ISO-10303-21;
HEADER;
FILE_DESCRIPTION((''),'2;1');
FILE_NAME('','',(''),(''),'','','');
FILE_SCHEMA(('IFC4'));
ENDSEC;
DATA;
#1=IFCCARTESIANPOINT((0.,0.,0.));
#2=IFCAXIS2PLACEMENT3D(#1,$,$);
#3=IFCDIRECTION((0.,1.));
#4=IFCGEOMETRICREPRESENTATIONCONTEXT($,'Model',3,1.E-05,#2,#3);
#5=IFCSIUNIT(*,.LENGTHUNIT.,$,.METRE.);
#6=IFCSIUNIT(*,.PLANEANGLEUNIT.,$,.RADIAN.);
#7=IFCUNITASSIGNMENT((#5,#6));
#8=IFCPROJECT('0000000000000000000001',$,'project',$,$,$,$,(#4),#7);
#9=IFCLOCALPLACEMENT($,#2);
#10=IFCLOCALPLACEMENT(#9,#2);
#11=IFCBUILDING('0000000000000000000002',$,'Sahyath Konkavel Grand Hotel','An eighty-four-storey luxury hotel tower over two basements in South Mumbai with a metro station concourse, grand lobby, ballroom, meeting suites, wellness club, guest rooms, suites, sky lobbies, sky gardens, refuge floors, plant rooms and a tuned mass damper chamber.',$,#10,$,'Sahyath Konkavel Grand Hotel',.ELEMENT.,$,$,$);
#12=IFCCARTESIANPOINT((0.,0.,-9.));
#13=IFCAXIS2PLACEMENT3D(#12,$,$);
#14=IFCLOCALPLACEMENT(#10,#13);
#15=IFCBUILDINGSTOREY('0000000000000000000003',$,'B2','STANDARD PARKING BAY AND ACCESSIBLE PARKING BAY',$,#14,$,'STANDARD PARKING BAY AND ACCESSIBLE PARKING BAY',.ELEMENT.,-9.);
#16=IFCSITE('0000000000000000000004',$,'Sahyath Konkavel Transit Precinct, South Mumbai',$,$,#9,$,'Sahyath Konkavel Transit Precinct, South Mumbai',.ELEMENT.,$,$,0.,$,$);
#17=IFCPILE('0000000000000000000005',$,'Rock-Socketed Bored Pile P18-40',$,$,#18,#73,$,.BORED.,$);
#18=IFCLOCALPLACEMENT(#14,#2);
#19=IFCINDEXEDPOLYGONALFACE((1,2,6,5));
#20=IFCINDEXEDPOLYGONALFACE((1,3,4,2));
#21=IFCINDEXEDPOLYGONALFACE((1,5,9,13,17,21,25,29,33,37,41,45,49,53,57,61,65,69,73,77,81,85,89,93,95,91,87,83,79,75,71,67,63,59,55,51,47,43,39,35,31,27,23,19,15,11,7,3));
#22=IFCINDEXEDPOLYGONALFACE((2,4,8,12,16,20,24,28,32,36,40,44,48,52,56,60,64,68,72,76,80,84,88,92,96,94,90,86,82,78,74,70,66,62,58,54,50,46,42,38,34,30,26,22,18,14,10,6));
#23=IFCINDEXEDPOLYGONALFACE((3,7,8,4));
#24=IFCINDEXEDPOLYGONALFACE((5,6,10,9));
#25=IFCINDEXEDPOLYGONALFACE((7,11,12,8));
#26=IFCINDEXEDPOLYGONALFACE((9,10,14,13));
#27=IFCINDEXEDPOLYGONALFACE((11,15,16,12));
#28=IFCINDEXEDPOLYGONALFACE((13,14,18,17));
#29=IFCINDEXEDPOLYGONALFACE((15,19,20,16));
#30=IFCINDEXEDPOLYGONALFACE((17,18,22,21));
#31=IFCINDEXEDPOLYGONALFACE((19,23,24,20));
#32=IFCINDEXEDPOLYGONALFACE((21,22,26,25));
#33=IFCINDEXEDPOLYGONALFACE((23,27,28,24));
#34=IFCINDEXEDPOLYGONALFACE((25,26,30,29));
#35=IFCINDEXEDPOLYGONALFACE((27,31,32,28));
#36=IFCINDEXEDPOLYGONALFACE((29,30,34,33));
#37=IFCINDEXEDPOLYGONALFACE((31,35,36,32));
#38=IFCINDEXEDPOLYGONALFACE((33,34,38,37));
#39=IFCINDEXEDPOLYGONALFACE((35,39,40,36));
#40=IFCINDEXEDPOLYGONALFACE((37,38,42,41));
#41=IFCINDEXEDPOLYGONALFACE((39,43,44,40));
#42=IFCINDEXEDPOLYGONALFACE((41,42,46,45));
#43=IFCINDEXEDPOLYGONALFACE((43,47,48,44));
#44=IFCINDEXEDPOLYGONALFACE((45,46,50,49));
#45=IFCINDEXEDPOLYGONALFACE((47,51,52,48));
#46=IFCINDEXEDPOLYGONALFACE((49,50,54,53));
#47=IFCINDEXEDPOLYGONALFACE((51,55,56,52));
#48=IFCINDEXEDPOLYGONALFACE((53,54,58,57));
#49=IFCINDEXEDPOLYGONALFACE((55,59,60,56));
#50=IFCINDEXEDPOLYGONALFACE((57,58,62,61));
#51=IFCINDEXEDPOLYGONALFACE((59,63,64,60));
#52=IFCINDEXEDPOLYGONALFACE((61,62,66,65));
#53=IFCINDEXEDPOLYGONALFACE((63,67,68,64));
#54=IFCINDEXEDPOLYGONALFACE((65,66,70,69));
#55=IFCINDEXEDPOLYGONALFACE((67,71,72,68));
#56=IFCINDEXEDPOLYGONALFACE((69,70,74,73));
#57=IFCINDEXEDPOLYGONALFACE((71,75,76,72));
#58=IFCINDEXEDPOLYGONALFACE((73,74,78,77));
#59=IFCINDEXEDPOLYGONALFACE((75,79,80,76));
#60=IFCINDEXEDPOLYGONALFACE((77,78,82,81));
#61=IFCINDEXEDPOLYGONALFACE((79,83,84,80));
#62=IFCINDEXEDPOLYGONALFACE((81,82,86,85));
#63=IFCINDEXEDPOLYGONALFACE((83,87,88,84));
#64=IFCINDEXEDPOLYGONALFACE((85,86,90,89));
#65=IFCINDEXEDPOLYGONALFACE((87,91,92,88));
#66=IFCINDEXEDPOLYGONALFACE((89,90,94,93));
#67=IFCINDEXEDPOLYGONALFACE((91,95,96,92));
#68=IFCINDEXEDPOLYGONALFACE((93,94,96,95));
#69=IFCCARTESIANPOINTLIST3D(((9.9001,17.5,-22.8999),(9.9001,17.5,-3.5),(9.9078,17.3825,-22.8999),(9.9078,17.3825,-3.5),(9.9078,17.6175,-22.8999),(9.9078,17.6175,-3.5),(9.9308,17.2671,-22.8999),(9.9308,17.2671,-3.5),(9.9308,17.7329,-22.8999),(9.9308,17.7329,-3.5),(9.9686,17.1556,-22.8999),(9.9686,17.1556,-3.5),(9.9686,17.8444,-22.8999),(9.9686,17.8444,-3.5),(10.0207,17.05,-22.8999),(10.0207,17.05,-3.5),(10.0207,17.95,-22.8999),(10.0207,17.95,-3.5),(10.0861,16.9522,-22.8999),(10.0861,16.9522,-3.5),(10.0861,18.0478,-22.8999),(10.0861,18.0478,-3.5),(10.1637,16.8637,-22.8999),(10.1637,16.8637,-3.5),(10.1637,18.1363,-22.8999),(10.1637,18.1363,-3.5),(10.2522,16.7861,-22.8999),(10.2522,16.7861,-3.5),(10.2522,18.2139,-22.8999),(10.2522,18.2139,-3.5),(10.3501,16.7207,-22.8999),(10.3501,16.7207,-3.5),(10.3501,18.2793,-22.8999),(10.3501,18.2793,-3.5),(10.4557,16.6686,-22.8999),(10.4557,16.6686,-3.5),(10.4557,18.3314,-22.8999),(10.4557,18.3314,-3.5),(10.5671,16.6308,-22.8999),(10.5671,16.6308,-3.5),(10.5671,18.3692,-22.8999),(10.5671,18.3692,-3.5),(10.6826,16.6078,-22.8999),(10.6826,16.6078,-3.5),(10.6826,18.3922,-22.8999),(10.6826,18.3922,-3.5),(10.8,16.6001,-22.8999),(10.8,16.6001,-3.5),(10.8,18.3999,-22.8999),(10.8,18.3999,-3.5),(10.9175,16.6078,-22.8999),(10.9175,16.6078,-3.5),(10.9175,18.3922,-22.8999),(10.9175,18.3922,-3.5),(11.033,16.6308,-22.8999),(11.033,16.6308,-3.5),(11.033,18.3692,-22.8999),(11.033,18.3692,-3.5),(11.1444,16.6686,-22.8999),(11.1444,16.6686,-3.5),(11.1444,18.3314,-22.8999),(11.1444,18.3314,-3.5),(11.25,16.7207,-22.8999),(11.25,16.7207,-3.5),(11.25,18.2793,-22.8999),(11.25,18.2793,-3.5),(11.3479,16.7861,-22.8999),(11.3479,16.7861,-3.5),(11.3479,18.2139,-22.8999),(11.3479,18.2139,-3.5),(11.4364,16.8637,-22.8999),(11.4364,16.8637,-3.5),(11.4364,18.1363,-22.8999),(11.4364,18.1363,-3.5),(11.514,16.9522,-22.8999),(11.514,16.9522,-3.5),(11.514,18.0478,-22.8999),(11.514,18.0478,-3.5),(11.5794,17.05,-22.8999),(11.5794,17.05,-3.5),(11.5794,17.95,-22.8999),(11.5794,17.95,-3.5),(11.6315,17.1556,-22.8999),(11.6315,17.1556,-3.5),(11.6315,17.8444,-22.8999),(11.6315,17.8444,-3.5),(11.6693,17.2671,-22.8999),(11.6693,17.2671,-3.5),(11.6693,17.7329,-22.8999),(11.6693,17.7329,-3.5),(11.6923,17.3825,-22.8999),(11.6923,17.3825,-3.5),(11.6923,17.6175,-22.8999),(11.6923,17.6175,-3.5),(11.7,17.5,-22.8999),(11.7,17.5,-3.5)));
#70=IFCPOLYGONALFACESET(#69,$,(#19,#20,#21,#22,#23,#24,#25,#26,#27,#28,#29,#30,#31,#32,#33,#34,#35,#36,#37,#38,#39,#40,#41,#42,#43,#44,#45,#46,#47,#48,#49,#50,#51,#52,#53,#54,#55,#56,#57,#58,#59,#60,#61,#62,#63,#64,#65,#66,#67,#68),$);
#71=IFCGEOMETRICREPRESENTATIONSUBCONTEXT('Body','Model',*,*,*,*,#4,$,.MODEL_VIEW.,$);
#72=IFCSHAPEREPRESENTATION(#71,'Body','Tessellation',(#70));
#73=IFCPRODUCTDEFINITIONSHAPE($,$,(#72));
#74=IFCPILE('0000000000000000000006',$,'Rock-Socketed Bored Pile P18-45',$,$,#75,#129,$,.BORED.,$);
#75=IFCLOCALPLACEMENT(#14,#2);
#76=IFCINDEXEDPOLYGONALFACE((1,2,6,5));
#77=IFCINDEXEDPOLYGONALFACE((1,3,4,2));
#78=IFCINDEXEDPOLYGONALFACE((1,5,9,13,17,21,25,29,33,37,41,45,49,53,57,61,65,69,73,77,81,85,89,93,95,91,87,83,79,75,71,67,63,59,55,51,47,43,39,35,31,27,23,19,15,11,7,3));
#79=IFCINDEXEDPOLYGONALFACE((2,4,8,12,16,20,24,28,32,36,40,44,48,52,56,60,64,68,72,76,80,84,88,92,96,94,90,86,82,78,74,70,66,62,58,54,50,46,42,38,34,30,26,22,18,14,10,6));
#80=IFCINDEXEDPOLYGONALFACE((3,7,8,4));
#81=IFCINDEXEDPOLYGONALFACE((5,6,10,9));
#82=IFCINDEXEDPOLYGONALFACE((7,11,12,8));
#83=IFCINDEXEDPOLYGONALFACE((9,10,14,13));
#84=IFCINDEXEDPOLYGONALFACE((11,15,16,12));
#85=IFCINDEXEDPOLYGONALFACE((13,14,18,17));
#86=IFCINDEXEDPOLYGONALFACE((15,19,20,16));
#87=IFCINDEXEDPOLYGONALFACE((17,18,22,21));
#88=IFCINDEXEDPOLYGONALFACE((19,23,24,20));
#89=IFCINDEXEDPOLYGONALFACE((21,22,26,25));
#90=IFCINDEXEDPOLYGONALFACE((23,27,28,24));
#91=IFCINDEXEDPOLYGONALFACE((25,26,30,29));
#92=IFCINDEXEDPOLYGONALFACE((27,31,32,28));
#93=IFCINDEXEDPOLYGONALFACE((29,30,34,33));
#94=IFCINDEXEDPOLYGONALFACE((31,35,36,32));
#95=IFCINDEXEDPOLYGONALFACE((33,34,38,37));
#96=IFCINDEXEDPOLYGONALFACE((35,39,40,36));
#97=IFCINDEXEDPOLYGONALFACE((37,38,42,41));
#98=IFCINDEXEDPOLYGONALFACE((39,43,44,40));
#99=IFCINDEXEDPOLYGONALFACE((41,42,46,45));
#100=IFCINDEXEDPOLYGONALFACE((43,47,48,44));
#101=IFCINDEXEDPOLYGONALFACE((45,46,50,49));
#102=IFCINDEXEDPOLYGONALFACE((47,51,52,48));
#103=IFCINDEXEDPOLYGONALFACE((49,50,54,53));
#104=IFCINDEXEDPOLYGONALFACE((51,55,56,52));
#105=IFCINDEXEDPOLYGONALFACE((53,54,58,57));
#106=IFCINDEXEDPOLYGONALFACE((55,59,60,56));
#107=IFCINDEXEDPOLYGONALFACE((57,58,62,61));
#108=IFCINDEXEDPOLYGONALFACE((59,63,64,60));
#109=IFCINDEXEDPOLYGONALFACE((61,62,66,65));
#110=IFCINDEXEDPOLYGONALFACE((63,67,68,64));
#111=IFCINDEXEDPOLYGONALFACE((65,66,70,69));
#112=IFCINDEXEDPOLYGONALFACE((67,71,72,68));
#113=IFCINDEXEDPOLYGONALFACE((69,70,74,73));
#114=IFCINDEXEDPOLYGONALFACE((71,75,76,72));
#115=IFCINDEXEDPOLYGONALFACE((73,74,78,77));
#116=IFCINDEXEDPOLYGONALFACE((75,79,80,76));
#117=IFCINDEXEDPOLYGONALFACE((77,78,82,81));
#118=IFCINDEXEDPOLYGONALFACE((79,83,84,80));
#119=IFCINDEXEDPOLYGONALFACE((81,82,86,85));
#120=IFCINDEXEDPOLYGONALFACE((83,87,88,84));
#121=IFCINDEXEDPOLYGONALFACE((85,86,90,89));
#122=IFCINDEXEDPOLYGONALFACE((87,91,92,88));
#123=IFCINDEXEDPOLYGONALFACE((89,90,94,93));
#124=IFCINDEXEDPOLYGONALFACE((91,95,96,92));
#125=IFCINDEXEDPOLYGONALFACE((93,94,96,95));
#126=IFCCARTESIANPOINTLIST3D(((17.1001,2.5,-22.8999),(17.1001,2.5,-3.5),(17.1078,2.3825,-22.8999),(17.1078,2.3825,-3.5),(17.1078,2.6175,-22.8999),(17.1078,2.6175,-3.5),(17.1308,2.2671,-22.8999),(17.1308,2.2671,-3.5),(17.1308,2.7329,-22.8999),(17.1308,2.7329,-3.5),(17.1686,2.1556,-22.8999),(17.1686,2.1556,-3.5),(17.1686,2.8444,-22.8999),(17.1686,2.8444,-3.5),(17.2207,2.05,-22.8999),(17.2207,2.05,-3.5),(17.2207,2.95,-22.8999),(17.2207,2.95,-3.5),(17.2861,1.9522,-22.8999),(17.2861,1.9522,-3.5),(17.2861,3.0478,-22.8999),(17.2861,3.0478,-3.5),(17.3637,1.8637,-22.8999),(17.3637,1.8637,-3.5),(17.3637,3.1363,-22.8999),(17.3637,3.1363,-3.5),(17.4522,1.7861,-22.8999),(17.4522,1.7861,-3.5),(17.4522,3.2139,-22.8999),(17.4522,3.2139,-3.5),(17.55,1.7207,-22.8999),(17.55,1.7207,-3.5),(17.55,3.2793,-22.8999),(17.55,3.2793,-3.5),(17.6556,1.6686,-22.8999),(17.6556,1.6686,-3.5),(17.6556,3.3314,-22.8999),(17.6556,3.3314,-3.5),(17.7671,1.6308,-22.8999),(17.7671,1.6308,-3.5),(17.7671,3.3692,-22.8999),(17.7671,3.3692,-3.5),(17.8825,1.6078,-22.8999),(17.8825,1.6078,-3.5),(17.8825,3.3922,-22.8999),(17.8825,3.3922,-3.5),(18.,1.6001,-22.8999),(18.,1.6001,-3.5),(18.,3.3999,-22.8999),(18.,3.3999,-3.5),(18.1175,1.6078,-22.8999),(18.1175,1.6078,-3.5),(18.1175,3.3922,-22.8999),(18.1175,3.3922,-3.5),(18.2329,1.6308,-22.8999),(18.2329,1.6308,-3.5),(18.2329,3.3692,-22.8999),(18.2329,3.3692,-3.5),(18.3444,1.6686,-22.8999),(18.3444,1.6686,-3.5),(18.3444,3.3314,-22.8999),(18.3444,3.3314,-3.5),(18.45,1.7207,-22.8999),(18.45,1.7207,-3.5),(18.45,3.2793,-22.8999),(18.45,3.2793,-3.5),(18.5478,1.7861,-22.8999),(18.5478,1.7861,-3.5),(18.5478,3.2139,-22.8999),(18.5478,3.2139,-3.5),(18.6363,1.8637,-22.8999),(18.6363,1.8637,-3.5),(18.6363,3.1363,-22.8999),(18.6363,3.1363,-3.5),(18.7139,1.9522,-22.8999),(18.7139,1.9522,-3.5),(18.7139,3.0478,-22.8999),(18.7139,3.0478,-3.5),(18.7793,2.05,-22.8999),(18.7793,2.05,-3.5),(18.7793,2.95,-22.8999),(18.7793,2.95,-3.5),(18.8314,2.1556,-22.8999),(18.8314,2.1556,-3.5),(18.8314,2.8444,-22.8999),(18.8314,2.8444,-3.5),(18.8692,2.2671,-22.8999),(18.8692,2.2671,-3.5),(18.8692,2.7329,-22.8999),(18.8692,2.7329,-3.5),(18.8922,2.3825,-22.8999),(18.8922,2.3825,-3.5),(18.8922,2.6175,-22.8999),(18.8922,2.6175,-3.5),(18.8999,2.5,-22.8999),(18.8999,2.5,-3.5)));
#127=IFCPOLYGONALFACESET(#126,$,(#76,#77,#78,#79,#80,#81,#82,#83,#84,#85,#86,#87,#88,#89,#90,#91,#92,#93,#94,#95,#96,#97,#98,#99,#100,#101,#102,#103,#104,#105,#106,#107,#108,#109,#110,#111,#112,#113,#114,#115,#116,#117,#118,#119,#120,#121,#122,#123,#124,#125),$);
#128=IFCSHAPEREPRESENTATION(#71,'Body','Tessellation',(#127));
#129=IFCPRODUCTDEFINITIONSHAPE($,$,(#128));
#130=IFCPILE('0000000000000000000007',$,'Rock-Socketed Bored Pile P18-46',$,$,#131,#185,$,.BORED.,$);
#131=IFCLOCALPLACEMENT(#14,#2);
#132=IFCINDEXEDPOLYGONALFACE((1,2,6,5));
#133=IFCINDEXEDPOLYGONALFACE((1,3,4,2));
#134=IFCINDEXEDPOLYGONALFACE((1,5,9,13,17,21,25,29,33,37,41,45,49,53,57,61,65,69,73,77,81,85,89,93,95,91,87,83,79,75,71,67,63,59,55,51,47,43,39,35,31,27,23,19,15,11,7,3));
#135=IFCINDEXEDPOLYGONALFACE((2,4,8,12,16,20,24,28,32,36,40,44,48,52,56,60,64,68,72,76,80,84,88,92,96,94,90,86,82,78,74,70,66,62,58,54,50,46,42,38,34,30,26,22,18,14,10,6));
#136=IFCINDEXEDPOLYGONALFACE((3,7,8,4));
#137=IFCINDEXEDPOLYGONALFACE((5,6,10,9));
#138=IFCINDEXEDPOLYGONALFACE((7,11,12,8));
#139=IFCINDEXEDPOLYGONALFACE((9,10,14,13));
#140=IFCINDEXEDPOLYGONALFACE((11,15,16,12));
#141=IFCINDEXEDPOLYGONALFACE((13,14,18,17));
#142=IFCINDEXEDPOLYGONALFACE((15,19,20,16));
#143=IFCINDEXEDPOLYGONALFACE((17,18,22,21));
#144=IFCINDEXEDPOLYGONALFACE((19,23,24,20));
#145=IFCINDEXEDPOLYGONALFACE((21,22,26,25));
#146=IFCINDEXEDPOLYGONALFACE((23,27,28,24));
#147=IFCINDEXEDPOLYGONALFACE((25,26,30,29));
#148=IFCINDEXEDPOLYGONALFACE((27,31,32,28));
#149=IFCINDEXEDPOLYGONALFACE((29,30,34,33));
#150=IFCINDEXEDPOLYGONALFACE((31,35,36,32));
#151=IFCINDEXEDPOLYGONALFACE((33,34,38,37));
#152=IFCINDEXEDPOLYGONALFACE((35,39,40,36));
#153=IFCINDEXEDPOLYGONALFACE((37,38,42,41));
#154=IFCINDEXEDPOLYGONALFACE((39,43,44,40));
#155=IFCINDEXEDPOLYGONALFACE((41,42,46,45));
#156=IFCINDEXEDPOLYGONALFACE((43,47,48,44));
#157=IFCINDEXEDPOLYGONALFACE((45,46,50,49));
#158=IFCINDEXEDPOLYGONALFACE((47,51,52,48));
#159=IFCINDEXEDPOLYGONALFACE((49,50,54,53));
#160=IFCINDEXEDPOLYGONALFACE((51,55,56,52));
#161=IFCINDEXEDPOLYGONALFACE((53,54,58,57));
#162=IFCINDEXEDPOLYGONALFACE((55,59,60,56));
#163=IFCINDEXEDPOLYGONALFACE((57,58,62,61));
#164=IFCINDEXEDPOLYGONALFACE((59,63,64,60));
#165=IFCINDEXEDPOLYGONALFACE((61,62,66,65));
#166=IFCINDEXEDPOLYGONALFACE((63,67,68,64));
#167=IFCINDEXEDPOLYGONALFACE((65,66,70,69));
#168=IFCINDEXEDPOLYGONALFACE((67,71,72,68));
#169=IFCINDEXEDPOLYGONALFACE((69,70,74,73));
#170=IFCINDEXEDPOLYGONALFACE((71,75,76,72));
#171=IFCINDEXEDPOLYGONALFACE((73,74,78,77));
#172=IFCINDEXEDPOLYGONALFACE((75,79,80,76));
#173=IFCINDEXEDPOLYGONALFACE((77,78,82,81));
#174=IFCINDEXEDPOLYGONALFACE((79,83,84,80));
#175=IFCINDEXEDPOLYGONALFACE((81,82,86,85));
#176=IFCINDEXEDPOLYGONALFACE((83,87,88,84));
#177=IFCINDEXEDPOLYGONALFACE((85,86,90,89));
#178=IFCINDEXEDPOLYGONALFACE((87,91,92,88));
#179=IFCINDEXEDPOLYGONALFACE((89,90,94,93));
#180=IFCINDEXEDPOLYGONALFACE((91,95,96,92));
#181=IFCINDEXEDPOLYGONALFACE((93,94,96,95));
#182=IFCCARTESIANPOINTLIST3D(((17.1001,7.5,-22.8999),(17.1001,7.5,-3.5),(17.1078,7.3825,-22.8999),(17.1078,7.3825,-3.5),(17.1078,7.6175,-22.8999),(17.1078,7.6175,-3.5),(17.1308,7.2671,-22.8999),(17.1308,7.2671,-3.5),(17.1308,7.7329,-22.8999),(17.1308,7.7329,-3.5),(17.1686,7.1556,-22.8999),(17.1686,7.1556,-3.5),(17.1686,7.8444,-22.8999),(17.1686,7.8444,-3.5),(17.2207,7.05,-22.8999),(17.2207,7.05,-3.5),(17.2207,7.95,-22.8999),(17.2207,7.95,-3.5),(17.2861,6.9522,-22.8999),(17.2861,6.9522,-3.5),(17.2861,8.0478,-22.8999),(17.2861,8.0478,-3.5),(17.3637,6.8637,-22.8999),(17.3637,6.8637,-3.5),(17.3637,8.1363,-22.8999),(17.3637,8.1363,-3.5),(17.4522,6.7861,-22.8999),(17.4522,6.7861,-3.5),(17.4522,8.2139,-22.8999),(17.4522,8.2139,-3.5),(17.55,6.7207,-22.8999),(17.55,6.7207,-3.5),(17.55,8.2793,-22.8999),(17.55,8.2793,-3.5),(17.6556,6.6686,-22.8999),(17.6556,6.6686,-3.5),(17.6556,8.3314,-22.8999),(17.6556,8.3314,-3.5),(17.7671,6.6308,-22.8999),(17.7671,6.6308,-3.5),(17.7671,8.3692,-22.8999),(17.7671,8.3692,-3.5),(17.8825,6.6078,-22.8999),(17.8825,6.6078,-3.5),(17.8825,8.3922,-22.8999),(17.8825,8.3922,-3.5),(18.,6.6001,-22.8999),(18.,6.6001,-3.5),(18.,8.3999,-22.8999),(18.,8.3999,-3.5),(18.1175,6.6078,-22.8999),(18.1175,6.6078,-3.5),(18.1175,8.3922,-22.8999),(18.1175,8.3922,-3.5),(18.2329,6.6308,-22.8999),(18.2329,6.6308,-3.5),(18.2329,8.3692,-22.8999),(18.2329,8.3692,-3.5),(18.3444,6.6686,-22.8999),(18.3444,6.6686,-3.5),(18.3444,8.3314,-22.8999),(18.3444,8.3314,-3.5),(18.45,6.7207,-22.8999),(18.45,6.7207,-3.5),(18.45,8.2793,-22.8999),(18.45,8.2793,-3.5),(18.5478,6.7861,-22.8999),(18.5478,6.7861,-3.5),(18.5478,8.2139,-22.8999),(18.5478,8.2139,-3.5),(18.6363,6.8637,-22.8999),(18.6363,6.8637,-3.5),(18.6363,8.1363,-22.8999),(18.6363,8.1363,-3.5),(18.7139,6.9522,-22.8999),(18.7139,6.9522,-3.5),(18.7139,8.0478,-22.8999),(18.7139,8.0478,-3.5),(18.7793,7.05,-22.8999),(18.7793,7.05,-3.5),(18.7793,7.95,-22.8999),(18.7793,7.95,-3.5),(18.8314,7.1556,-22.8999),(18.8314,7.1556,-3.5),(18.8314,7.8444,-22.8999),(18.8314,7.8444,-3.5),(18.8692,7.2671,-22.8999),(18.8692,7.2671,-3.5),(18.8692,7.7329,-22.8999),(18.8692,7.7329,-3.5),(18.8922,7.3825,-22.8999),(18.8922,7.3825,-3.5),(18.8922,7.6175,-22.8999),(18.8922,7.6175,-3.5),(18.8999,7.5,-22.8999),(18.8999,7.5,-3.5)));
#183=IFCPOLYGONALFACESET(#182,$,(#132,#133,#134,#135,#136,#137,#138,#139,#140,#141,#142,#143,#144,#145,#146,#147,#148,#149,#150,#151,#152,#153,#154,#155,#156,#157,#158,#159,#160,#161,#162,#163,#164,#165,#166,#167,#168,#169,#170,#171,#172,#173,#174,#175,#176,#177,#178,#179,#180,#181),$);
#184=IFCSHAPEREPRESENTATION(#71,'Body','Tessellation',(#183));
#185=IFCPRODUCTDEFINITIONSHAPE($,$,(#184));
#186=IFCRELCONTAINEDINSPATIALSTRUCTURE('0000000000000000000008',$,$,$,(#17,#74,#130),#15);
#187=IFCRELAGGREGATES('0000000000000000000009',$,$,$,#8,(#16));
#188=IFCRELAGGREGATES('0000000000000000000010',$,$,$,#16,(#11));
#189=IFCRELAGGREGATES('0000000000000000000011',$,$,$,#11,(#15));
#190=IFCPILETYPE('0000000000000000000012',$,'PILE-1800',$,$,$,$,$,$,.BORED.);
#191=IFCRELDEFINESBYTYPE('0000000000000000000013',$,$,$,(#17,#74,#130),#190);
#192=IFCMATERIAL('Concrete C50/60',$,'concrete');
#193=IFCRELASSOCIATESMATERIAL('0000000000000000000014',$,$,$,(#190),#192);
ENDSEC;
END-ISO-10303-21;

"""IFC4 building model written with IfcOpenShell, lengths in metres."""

from ifc_helpers import new_model, si_unit, direction, frame, origin, origin_2d, place, context, subcontext, project, spatial, circle, extrude, material, material_profile, profile_set, type_object, element, save


model = new_model("IFC4")

# Units and contexts
model_context = context("Model", 3, precision=1e-05, world=origin(), true_north=direction((0.0, 1.0)))
body_context = subcontext(model_context, "Body", "Model", "MODEL_VIEW")
ifc_project = project(units=[si_unit("LENGTHUNIT", "METRE"), si_unit("PLANEANGLEUNIT", "RADIAN")], contexts=[model_context])

# Site, building, storey
site_placement = place(None, origin())
site = spatial("IfcSite", under=ifc_project, at=site_placement, Name="Sahyath Konkavel Transit Precinct, South Mumbai", LongName="Sahyath Konkavel Transit Precinct, South Mumbai", CompositionType="ELEMENT", RefElevation=0.0)
building_placement = place(site_placement, origin())
building = spatial("IfcBuilding", under=site, at=building_placement, Name="Sahyath Konkavel Grand Hotel", Description="An eighty-four-storey luxury hotel tower over two basements in South Mumbai with a metro station concourse, grand lobby, ballroom, meeting suites, wellness club, guest rooms, suites, sky lobbies, sky gardens, refuge floors, plant rooms and a tuned mass damper chamber.", LongName="Sahyath Konkavel Grand Hotel", CompositionType="ELEMENT")
storey_placement = place(building_placement, frame((0.0, 0.0, -9.0)))
storey = spatial("IfcBuildingStorey", under=building, at=storey_placement, Name="B2", Description="STANDARD PARKING BAY AND ACCESSIBLE PARKING BAY", LongName="STANDARD PARKING BAY AND ACCESSIBLE PARKING BAY", CompositionType="ELEMENT", Elevation=-9.0)

# Piles
ifc_material_1 = material(Name="Concrete C50/60", Category="concrete")
ifc_material_profile_1 = material_profile(ifc_material_1, circle(Radius=0.8999, at=origin_2d()), Name="PILE D1800")
ifc_profile_set_1 = profile_set([ifc_material_profile_1], Name="Concrete C50/60")
pile_type_1 = type_object("IfcPileType", Name="PILE-1800", PredefinedType="BORED", material=ifc_profile_set_1)
for number, where, z_axis, x_axis, name in (
    (1, (10.8, 17.5, -3.5), (0.0, 0.0, -1.0), (1.0, 0.0, 0.0), "Rock-Socketed Bored Pile P18-40"),
    (2, (18.0, 2.5, -3.5), (0.0, 0.0, -1.0), (1.0, 0.0, 0.0), "Rock-Socketed Bored Pile P18-45"),
    (3, (18.0, 7.5, -3.5), (0.0, 0.0, -1.0), (1.0, 0.0, 0.0), "Rock-Socketed Bored Pile P18-46"),
):
    element("IfcPile", number, at=place(storey_placement, frame(where, z_axis=z_axis, x_axis=x_axis)), inside=storey, type_object=pile_type_1, Name=name, PredefinedType="BORED", context=body_context, shape_type="SweptSolid", body=[
        extrude(circle(Radius=0.8999, at=origin_2d()), origin(), (0.0, 0.0, 1.0), 19.3999),
    ])

save(model, "model.ifc")
